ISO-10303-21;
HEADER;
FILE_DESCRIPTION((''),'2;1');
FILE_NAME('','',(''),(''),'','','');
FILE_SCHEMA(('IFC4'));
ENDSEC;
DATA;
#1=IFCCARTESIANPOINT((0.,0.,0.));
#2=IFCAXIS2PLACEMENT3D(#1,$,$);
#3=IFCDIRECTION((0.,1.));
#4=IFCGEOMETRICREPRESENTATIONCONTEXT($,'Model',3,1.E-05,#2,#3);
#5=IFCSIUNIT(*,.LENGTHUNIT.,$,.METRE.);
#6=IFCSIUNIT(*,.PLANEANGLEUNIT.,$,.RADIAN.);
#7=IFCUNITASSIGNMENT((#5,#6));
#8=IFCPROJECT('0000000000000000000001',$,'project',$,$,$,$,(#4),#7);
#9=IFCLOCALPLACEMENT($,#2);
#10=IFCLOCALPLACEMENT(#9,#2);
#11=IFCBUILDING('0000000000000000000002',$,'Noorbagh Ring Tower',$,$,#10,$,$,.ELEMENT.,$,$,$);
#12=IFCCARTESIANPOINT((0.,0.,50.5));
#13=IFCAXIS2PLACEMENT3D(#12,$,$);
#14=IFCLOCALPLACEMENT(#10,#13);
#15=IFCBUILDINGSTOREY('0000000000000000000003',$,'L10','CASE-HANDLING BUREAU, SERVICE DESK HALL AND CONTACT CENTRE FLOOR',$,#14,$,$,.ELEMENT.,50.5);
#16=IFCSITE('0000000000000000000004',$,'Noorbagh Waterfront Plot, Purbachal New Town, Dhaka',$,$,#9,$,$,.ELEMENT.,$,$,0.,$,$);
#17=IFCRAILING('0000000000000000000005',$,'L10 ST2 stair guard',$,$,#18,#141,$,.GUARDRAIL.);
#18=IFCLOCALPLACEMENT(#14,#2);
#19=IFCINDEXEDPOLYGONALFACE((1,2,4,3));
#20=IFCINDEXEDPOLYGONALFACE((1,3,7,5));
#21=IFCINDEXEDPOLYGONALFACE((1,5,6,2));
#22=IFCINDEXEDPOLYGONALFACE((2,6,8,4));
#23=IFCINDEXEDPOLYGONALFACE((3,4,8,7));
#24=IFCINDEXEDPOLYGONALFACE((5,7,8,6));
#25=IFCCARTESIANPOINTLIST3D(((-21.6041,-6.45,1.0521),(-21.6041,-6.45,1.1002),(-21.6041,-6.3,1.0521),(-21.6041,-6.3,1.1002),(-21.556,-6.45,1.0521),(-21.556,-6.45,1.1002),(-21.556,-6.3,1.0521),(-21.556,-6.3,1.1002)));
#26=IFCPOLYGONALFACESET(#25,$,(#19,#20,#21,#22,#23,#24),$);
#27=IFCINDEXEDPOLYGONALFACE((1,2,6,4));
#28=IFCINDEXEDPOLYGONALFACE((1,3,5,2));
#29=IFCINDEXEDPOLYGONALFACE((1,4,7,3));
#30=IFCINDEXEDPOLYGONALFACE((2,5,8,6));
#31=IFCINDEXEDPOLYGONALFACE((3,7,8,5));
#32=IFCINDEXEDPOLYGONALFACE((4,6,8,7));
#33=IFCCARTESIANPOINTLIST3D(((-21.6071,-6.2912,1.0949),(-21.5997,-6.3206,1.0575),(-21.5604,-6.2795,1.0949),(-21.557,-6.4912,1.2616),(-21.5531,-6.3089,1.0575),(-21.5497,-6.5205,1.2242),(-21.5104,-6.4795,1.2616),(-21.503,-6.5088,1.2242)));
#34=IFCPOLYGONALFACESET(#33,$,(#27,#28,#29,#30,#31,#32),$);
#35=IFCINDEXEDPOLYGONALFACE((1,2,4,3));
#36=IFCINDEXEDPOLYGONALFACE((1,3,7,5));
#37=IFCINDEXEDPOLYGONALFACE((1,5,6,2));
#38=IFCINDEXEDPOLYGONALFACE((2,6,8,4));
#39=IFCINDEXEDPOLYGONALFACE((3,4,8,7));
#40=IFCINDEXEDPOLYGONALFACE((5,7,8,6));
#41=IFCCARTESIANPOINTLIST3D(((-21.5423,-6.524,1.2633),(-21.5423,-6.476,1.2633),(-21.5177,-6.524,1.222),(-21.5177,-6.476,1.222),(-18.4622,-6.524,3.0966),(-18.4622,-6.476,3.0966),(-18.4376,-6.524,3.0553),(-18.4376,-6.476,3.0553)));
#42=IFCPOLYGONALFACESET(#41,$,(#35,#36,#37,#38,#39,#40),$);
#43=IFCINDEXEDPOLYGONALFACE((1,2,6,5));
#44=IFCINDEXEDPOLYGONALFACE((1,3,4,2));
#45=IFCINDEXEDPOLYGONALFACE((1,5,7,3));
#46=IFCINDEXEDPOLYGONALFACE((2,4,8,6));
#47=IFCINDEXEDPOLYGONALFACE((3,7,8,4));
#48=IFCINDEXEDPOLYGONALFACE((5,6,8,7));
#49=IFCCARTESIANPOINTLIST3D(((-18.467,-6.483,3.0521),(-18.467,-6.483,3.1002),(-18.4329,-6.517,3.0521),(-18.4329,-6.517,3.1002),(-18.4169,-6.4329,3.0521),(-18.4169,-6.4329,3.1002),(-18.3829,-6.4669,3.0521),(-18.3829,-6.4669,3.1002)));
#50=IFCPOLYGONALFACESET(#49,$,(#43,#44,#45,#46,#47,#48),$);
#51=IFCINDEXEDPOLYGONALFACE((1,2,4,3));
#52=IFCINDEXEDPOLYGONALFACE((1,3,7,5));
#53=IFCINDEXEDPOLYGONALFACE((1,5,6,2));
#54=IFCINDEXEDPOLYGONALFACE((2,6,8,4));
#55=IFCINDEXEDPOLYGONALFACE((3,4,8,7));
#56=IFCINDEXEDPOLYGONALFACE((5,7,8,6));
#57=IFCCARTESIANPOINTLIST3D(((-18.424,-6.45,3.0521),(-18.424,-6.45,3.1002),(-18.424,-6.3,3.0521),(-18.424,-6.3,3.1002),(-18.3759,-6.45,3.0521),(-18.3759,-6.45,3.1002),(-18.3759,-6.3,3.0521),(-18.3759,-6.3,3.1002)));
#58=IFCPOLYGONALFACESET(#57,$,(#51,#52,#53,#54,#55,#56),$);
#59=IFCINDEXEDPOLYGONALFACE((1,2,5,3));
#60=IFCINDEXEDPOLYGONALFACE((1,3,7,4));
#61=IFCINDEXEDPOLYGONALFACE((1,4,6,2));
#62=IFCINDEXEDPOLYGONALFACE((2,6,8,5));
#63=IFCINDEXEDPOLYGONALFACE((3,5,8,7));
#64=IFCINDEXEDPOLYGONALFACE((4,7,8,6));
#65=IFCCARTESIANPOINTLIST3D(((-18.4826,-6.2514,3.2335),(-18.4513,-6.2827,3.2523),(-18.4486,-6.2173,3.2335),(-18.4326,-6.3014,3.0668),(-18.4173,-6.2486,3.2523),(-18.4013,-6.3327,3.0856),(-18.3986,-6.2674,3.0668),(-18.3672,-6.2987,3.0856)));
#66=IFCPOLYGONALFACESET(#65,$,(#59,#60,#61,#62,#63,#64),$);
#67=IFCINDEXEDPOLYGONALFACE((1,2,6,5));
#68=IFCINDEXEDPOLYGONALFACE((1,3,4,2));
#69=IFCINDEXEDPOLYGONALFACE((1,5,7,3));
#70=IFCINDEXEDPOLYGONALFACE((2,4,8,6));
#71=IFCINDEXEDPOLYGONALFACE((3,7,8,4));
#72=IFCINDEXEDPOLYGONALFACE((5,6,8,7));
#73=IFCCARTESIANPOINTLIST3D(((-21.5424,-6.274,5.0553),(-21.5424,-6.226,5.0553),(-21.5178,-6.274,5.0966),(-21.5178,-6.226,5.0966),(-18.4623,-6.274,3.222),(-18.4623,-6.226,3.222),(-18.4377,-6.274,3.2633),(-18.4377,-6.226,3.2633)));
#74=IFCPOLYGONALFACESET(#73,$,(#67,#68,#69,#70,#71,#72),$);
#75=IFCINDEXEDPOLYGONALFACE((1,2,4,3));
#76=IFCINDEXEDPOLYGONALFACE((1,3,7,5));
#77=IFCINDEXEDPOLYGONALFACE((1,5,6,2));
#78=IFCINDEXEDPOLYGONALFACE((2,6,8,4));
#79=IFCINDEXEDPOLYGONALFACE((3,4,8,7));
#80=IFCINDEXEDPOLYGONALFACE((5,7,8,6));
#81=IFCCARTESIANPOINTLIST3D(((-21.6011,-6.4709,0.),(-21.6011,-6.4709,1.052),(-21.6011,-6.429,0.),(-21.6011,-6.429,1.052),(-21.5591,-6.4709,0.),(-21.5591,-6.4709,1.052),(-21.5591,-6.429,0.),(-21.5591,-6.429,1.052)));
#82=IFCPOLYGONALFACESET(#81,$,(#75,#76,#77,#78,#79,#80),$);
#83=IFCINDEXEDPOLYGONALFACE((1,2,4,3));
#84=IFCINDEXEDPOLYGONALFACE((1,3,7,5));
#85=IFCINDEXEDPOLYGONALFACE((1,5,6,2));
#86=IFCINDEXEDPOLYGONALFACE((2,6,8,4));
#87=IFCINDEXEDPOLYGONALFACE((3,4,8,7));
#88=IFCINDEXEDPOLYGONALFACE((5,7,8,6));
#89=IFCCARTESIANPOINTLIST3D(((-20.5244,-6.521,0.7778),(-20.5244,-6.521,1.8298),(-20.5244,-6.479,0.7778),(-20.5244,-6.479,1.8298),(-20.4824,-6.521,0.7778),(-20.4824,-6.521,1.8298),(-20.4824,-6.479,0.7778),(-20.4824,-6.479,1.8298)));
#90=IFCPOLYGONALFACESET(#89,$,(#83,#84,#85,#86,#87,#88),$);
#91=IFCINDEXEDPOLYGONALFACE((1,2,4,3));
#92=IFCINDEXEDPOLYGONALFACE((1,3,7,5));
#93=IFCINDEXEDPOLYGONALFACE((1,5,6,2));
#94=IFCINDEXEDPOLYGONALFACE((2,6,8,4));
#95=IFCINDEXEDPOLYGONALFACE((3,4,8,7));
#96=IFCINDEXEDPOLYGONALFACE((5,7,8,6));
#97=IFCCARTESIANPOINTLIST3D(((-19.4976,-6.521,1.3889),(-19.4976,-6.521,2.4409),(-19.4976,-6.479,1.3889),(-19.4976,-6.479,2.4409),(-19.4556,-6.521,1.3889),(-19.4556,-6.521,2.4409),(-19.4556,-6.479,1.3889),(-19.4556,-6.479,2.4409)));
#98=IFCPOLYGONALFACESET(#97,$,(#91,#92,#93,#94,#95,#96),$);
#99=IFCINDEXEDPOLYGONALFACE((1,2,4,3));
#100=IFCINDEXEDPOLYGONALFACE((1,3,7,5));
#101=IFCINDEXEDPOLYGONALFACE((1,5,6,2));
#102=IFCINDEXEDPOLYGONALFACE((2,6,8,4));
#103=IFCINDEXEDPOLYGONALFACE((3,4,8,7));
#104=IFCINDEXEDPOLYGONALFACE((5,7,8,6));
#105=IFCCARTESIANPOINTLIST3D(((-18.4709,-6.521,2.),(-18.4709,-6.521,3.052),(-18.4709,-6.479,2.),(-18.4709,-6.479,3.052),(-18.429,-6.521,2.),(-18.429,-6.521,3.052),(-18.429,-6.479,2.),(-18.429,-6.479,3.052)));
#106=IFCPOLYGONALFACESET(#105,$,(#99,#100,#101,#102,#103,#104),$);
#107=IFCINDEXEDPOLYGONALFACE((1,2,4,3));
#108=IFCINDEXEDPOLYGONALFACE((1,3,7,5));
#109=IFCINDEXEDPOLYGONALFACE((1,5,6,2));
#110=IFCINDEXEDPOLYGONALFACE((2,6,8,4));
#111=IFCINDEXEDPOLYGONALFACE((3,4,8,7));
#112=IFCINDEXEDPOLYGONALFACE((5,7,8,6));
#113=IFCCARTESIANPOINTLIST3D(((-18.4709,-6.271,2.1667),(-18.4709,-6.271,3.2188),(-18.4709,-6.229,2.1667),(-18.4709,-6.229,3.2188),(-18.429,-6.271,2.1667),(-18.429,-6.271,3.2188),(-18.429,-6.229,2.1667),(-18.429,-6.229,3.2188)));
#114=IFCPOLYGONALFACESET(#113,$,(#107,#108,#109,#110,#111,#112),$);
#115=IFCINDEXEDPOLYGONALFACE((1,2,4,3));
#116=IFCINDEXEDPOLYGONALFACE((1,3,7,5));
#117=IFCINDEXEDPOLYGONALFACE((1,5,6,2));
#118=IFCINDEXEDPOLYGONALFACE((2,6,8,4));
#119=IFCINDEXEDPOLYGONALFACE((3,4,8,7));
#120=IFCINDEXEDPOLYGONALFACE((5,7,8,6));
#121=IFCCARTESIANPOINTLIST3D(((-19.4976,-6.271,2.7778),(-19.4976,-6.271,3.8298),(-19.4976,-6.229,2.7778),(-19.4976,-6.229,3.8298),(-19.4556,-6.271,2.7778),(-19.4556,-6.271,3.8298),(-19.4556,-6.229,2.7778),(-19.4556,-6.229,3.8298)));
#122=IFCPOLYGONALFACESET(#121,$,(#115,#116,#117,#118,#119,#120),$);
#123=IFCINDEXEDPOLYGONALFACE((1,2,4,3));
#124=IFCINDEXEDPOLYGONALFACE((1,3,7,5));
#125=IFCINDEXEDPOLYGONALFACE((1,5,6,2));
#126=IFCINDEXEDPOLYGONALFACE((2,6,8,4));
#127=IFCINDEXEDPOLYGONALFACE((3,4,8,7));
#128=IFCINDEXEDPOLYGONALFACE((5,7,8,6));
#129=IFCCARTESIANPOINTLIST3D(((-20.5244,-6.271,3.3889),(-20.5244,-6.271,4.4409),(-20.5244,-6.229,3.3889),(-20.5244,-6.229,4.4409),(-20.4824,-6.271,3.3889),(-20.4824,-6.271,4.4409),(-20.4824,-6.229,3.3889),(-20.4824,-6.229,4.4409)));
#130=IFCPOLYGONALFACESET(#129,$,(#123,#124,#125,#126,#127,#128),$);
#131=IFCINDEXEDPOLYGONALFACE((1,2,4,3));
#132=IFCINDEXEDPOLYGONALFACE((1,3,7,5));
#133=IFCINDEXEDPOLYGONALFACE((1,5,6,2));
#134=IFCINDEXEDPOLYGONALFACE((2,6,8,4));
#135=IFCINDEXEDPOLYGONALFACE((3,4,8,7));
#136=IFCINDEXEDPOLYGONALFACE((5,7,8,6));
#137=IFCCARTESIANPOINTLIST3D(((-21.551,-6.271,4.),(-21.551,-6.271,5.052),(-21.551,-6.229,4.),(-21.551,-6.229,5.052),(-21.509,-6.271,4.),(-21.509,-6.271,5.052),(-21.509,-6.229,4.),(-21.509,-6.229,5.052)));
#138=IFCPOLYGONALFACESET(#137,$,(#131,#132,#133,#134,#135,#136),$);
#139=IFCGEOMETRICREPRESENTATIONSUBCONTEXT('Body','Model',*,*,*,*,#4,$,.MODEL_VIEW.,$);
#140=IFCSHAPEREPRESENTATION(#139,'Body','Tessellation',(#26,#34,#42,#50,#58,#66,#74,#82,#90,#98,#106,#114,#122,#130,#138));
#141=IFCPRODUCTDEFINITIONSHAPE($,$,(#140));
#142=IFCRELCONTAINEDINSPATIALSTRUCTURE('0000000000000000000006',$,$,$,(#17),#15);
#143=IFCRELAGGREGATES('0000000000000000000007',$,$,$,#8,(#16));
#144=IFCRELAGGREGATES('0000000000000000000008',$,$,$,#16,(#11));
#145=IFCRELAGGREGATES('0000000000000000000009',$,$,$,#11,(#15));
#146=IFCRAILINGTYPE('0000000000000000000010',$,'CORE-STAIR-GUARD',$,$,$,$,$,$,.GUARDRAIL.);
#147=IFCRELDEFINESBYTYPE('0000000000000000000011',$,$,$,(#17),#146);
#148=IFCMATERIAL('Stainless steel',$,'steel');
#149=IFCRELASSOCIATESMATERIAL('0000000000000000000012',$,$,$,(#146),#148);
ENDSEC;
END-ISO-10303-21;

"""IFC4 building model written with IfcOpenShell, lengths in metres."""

from ifc_helpers import new_model, si_unit, direction, frame, origin, origin_2d, place, context, subcontext, project, spatial, rectangle, extrude, material, type_object, element, save


model = new_model("IFC4")

# Units and contexts
model_context = context("Model", 3, precision=1e-05, world=origin(), true_north=direction((0.0, 1.0)))
body_context = subcontext(model_context, "Body", "Model", "MODEL_VIEW")
ifc_project = project(units=[si_unit("LENGTHUNIT", "METRE"), si_unit("PLANEANGLEUNIT", "RADIAN")], contexts=[model_context])

# Site, building, storey
site_placement = place(None, origin())
site = spatial("IfcSite", under=ifc_project, at=site_placement, Name="Noorbagh Waterfront Plot, Purbachal New Town, Dhaka", CompositionType="ELEMENT", RefElevation=0.0)
building_placement = place(site_placement, origin())
building = spatial("IfcBuilding", under=site, at=building_placement, Name="Noorbagh Ring Tower", CompositionType="ELEMENT")
storey_placement = place(building_placement, frame((0.0, 0.0, 50.5)))
storey = spatial("IfcBuildingStorey", under=building, at=storey_placement, Name="L10", Description="CASE-HANDLING BUREAU, SERVICE DESK HALL AND CONTACT CENTRE FLOOR", CompositionType="ELEMENT", Elevation=50.5)

# Railing
ifc_material_1 = material(Name="Stainless steel", Category="steel")
railing_type_1 = type_object("IfcRailingType", Name="CORE-STAIR-GUARD", PredefinedType="GUARDRAIL", material=ifc_material_1)
railing_1_placement = place(storey_placement, frame((-21.5801, -6.45, 0.0)))
element("IfcRailing", 1, at=railing_1_placement, inside=storey, type_object=railing_type_1, Name="L10 ST2 stair guard", PredefinedType="GUARDRAIL", context=body_context, shape_type="SweptSolid", body=[
    extrude(rectangle(XDim=0.0481, YDim=0.0481, at=origin_2d()), frame((0.0, 0.0, 1.0762), z_axis=(0.0, 1.0, 0.0), x_axis=(-1.0, 0.0, 0.0)), (0.0, 0.0, 1.0), 0.1499),
    extrude(rectangle(XDim=0.0481, YDim=0.0481, at=origin_2d()), frame((0.0, 0.1499, 1.0762), z_axis=(0.188776, -0.754182, 0.628946), x_axis=(0.970073, 0.242814, 0.0)), (0.0, 0.0, 1.0), 0.2651),
    extrude(rectangle(XDim=0.0481, YDim=0.0481, at=origin_2d()), frame((0.05, -0.05, 1.2427), z_axis=(0.859309, 0.0, 0.511458), x_axis=(0.0, 1.0, 0.0)), (0.0, 0.0, 1.0), 3.5845),
    extrude(rectangle(XDim=0.0481, YDim=0.0481, at=origin_2d()), frame((3.1301, -0.05, 3.0762), z_axis=(0.707107, 0.707107, 0.0), x_axis=(-0.707107, 0.707107, 0.0)), (0.0, 0.0, 1.0), 0.0708),
    extrude(rectangle(XDim=0.0481, YDim=0.0481, at=origin_2d()), frame((3.1802, 0.0, 3.0762), z_axis=(0.0, 1.0, 0.0), x_axis=(-1.0, 0.0, 0.0)), (0.0, 0.0, 1.0), 0.1499),
    extrude(rectangle(XDim=0.0481, YDim=0.0481, at=origin_2d()), frame((3.1802, 0.1499, 3.0762), z_axis=(-0.276287, 0.276287, 0.920506), x_axis=(-0.707107, -0.707107, 0.0)), (0.0, 0.0, 1.0), 0.1812),
    extrude(rectangle(XDim=0.0481, YDim=0.0481, at=origin_2d()), frame((3.1301, 0.2, 3.2427), z_axis=(-0.859309, 0.0, 0.511458), x_axis=(0.0, -1.0, 0.0)), (0.0, 0.0, 1.0), 3.5845),
    extrude(rectangle(XDim=0.042, YDim=0.042, at=origin_2d()), origin(), (0.0, 0.0, 1.0), 1.052),
    extrude(rectangle(XDim=0.042, YDim=0.042, at=origin_2d()), frame((1.0767, -0.05, 0.7778)), (0.0, 0.0, 1.0), 1.052),
    extrude(rectangle(XDim=0.042, YDim=0.042, at=origin_2d()), frame((2.1035, -0.05, 1.3889)), (0.0, 0.0, 1.0), 1.052),
    extrude(rectangle(XDim=0.042, YDim=0.042, at=origin_2d()), frame((3.1301, -0.05, 2.0)), (0.0, 0.0, 1.0), 1.052),
    extrude(rectangle(XDim=0.042, YDim=0.042, at=origin_2d()), frame((3.1301, 0.2, 2.1667)), (0.0, 0.0, 1.0), 1.052),
    extrude(rectangle(XDim=0.042, YDim=0.042, at=origin_2d()), frame((2.1035, 0.2, 2.7778)), (0.0, 0.0, 1.0), 1.052),
    extrude(rectangle(XDim=0.042, YDim=0.042, at=origin_2d()), frame((1.0767, 0.2, 3.3889)), (0.0, 0.0, 1.0), 1.052),
    extrude(rectangle(XDim=0.042, YDim=0.042, at=origin_2d()), frame((0.05, 0.2, 4.0)), (0.0, 0.0, 1.0), 1.052),
])

save(model, "model.ifc")
